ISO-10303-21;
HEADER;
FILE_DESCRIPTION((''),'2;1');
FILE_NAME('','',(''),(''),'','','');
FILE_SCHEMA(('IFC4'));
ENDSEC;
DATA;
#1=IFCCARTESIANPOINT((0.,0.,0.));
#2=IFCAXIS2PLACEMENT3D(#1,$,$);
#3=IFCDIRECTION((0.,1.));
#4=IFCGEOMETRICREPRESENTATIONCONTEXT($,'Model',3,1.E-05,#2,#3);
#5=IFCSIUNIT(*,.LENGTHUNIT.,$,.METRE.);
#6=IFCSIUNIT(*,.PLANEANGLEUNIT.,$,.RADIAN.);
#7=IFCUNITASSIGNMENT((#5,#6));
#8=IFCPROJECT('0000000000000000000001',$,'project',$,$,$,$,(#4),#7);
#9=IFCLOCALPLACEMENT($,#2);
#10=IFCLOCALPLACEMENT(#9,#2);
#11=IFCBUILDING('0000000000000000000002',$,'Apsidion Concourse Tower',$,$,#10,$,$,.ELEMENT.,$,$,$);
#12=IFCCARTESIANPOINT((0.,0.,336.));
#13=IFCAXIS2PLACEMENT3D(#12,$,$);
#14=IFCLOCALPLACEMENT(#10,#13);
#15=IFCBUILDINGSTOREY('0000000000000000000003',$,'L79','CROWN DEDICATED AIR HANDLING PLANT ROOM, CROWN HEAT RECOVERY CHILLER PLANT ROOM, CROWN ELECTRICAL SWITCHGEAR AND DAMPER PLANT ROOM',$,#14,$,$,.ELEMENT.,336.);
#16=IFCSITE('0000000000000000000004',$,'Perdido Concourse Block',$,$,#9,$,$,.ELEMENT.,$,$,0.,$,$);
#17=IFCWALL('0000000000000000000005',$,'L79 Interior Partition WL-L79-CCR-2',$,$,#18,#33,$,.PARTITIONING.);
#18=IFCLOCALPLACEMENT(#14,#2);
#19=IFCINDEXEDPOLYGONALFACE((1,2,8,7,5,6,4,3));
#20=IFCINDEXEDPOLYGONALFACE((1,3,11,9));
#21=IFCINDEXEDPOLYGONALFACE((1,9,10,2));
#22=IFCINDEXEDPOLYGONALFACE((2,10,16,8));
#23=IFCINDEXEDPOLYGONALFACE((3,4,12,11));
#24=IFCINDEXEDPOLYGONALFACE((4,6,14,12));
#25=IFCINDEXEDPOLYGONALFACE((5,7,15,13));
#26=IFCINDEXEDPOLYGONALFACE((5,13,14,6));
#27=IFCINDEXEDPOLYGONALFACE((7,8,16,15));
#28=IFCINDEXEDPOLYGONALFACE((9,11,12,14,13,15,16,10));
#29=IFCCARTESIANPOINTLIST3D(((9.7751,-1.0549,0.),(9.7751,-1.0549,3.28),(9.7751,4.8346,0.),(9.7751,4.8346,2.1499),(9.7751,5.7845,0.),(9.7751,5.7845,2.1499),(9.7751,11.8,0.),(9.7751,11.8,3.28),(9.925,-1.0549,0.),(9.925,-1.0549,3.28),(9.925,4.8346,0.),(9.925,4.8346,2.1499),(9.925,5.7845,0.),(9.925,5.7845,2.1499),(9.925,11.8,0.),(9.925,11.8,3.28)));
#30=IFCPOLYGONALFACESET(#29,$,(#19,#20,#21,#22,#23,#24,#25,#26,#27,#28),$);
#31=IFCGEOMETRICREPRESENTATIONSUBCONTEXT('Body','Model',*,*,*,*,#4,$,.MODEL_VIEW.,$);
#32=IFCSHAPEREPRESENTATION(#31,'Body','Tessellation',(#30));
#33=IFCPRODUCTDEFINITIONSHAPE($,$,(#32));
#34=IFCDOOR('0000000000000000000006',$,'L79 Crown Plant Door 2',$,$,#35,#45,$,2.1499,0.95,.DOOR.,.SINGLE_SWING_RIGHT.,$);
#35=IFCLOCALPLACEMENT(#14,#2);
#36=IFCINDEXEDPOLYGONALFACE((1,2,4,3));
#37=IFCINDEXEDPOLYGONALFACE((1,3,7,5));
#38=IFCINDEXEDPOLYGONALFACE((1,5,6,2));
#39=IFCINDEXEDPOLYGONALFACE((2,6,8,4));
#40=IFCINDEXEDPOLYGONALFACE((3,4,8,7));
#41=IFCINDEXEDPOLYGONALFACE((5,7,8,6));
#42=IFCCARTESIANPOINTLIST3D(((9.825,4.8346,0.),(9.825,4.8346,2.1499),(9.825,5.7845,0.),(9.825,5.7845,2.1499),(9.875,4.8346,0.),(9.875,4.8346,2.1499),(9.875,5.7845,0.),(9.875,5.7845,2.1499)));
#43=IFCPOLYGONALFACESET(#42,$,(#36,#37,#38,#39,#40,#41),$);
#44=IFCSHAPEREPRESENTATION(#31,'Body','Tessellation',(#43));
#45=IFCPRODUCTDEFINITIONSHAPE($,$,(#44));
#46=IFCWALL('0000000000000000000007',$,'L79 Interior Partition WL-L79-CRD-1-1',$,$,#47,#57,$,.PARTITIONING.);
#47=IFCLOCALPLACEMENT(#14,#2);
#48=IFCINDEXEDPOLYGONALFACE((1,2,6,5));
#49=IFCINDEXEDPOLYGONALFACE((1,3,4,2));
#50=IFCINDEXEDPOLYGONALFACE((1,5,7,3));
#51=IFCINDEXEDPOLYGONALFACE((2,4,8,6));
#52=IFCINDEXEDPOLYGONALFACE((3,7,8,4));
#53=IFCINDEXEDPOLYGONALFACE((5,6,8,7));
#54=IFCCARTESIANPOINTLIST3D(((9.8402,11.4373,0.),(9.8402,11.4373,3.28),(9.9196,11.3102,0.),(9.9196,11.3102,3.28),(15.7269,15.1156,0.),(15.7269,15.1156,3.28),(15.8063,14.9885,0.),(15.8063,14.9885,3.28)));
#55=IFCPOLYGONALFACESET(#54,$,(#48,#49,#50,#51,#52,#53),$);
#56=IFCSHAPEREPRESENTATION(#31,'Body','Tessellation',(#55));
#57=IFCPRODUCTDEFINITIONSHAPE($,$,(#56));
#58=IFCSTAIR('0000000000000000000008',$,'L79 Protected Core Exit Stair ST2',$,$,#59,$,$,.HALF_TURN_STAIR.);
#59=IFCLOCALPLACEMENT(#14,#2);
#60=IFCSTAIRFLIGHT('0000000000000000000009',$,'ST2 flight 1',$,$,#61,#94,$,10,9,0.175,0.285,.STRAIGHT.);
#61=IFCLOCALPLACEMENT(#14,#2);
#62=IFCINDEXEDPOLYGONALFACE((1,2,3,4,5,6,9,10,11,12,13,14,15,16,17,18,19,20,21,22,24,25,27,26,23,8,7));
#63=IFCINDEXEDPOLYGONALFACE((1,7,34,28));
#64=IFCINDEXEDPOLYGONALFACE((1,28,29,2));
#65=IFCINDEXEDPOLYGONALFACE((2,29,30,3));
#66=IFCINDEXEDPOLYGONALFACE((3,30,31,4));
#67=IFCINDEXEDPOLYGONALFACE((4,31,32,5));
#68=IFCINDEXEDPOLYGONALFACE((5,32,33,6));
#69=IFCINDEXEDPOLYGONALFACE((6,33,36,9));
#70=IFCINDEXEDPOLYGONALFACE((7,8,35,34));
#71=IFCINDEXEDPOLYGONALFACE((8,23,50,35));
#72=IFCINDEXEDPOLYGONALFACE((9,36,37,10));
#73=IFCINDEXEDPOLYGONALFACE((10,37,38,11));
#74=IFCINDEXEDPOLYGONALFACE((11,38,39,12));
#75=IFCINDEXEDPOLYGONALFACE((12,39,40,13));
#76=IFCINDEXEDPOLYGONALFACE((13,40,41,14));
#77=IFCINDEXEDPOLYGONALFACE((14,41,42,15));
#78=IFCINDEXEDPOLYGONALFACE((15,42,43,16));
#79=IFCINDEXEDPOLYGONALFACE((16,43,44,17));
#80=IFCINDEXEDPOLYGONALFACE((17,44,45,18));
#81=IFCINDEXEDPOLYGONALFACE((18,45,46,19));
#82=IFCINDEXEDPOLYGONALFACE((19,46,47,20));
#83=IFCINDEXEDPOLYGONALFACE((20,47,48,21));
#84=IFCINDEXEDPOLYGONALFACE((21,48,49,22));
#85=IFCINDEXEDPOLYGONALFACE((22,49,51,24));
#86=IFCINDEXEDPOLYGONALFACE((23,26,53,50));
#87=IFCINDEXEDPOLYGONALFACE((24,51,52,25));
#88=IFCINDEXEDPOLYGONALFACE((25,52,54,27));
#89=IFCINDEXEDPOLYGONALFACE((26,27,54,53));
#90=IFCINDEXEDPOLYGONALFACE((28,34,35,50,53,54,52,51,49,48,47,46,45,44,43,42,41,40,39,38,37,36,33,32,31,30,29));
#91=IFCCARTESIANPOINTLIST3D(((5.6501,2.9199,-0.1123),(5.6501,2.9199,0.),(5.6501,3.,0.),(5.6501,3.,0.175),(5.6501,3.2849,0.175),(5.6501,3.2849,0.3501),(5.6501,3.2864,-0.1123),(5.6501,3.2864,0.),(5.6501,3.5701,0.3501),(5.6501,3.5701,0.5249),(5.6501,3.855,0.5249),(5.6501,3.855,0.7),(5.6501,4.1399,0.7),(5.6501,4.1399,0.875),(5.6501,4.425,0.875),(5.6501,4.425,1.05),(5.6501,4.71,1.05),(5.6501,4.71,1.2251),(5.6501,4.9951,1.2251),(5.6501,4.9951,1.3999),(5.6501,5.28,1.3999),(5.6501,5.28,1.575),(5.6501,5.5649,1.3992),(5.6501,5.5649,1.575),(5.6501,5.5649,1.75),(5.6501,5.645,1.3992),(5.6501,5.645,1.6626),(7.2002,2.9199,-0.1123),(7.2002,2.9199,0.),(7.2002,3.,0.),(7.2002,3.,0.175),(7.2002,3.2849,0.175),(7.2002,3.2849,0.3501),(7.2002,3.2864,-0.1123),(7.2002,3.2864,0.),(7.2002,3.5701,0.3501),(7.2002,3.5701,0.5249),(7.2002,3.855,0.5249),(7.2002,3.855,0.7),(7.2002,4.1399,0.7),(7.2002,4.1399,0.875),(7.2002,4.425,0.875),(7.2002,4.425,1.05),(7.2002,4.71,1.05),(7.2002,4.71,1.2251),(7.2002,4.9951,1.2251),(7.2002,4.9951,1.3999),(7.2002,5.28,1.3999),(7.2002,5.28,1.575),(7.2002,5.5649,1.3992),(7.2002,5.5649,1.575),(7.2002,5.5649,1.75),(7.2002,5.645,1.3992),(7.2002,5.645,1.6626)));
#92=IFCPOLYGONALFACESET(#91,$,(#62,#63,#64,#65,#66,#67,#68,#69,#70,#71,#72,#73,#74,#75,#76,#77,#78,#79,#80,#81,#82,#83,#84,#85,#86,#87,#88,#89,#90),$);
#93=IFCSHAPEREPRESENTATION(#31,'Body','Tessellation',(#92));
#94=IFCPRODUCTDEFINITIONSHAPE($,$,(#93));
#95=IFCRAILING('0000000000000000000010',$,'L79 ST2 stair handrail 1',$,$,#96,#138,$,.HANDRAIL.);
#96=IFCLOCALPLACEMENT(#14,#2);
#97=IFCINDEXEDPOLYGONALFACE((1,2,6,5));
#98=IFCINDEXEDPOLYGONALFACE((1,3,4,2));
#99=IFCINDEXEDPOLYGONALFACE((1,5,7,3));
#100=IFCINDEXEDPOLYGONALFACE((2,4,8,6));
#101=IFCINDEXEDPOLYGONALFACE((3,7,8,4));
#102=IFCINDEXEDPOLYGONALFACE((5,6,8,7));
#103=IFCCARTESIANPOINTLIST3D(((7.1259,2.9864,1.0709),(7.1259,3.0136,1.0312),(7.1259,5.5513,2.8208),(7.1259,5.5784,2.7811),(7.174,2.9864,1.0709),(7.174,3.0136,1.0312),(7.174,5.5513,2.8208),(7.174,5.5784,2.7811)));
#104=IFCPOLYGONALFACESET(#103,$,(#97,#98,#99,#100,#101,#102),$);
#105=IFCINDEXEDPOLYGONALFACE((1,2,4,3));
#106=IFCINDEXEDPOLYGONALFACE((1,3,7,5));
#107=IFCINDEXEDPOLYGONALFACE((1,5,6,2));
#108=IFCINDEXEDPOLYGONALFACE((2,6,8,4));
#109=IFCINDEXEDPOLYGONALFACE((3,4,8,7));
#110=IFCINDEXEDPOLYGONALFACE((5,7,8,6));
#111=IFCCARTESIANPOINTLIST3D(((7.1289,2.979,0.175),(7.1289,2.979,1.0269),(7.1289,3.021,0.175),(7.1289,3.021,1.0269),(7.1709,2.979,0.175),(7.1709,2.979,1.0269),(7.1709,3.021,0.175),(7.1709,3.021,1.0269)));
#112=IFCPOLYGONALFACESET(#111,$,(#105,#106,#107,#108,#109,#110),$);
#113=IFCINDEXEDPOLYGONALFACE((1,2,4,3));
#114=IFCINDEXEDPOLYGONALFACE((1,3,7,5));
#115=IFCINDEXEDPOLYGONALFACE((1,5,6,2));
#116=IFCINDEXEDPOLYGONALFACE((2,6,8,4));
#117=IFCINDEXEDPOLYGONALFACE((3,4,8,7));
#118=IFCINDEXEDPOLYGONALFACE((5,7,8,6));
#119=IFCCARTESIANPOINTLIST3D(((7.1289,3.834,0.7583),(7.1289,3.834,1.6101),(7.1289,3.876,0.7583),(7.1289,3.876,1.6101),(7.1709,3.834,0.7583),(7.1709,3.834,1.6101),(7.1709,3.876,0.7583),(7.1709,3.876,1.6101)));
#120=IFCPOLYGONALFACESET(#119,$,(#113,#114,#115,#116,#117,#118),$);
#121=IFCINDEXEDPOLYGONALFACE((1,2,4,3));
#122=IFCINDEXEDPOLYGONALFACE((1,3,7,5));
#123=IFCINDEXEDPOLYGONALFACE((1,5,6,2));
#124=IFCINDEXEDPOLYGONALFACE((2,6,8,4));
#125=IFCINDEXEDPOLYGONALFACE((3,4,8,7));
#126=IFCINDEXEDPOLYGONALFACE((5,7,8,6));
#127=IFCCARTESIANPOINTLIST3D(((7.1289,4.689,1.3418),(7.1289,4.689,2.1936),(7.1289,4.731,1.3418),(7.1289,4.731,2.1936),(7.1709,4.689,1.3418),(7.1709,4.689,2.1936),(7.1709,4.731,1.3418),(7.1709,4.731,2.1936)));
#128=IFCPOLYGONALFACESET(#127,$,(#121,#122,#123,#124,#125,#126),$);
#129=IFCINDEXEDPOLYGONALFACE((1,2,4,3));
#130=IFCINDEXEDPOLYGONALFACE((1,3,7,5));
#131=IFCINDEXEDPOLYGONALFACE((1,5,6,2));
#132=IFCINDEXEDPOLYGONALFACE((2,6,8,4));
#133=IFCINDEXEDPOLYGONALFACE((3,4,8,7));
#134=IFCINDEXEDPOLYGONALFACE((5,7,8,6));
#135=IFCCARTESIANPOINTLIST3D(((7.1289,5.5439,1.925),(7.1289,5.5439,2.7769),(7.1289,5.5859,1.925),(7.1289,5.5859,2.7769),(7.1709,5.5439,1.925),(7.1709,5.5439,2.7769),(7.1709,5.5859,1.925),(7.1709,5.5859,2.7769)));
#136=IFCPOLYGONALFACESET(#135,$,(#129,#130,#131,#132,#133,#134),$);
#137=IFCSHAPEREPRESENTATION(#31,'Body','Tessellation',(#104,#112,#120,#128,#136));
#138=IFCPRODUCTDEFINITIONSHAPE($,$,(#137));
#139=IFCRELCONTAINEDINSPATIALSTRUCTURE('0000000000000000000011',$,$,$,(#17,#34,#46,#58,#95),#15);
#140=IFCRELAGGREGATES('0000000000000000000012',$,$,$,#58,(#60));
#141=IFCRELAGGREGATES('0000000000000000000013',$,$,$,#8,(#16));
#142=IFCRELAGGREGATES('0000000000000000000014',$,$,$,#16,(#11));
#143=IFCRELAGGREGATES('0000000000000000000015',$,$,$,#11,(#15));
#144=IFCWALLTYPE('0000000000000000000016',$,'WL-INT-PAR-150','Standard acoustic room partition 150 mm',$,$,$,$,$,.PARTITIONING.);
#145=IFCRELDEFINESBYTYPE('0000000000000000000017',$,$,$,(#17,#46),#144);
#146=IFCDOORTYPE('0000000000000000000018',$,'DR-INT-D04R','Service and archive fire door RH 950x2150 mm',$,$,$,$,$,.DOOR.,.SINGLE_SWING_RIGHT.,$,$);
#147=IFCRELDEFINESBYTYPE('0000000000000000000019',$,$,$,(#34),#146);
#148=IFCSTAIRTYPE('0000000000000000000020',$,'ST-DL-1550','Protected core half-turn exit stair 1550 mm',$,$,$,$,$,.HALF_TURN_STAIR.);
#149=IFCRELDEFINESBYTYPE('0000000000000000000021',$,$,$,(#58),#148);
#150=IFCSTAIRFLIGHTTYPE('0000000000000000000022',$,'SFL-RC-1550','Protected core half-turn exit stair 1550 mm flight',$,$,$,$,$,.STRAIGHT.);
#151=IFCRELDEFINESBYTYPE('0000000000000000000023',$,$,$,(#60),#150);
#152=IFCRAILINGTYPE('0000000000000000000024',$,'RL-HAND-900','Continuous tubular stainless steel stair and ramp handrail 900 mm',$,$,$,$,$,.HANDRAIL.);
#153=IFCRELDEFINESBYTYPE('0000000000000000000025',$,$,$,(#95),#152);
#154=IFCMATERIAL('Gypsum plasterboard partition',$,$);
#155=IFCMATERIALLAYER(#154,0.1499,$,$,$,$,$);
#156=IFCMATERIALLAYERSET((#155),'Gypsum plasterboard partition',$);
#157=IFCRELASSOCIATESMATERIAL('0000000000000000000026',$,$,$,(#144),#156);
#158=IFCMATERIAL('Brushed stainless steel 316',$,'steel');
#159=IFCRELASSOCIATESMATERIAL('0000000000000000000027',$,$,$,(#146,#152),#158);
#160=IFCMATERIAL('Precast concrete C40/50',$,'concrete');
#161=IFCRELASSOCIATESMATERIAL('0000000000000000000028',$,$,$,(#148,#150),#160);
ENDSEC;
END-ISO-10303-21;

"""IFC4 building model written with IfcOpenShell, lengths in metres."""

from ifc_helpers import new_model, si_unit, direction, frame, frame_2d, origin, origin_2d, place, context, subcontext, project, spatial, polyline, rectangle, outline, extrude, material, layer, layer_set, type_object, element, fill, aggregate, save


model = new_model("IFC4")

# Units and contexts
model_context = context("Model", 3, precision=1e-05, world=origin(), true_north=direction((0.0, 1.0)))
body_context = subcontext(model_context, "Body", "Model", "MODEL_VIEW")
ifc_project = project(units=[si_unit("LENGTHUNIT", "METRE"), si_unit("PLANEANGLEUNIT", "RADIAN")], contexts=[model_context])

# Site, building, storey
site_placement = place(None, origin())
site = spatial("IfcSite", under=ifc_project, at=site_placement, Name="Perdido Concourse Block", CompositionType="ELEMENT", RefElevation=0.0)
building_placement = place(site_placement, origin())
building = spatial("IfcBuilding", under=site, at=building_placement, Name="Apsidion Concourse Tower", CompositionType="ELEMENT")
storey_placement = place(building_placement, frame((0.0, 0.0, 336.0)))
storey = spatial("IfcBuildingStorey", under=building, at=storey_placement, Name="L79", Description="CROWN DEDICATED AIR HANDLING PLANT ROOM, CROWN HEAT RECOVERY CHILLER PLANT ROOM, CROWN ELECTRICAL SWITCHGEAR AND DAMPER PLANT ROOM", CompositionType="ELEMENT", Elevation=336.0)

# Shared definitions
ifc_material_1 = material(Name="Precast concrete C40/50", Category="concrete")

# Wall, opening, door
ifc_material_2 = material(Name="Gypsum plasterboard partition")
ifc_layer_1 = layer(ifc_material_2, 0.1499)
ifc_layer_set_1 = layer_set([ifc_layer_1], Name="Gypsum plasterboard partition")
wall_type_1 = type_object("IfcWallType", Name="WL-INT-PAR-150", Description="Standard acoustic room partition 150 mm", PredefinedType="PARTITIONING", material=ifc_layer_set_1)
wall_1_placement = place(storey_placement, frame((9.8501, 11.8, 0.0), z_axis=(0.0, 0.0, 1.0), x_axis=(0.0, -1.0, 0.0)))
wall_1 = element("IfcWall", 1, at=wall_1_placement, inside=storey, type_object=wall_type_1, Name="L79 Interior Partition WL-L79-CCR-2", PredefinedType="PARTITIONING", context=body_context, shape_type="SweptSolid", body=[
    extrude(rectangle(XDim=12.855, YDim=0.1499, at=frame_2d((6.4275, 0.0))), origin(), (0.0, 0.0, 1.0), 3.28),
])
opening_placement = place(wall_1_placement, frame((6.0154, 0.0, 0.0)))
opening = element("IfcOpeningElement", 2, at=opening_placement, cuts=wall_1, PredefinedType="OPENING", context=body_context, shape_type="SweptSolid", body=[
    extrude(rectangle(XDim=0.95, YDim=2.1499, at=frame_2d((0.4751, 1.075))), frame((0.0, 0.085, 0.0), z_axis=(0.0, -1.0, 0.0), x_axis=(1.0, 0.0, 0.0)), (0.0, 0.0, 1.0), 0.1699),
])
ifc_material_3 = material(Name="Brushed stainless steel 316", Category="steel")
door_type = type_object("IfcDoorType", Name="DR-INT-D04R", Description="Service and archive fire door RH 950x2150 mm", OperationType="SINGLE_SWING_RIGHT", PredefinedType="DOOR", material=ifc_material_3)
door_placement = place(opening_placement, origin())
door = element("IfcDoor", 3, at=door_placement, inside=storey, type_object=door_type, Name="L79 Crown Plant Door 2", OperationType="SINGLE_SWING_RIGHT", OverallHeight=2.1499, OverallWidth=0.95, PredefinedType="DOOR", context=body_context, shape_type="SweptSolid", body=[
    extrude(rectangle(XDim=0.95, YDim=2.1499, at=frame_2d((0.4751, 1.075))), frame((0.0, 0.0249, 0.0), z_axis=(0.0, -1.0, 0.0), x_axis=(1.0, 0.0, 0.0)), (0.0, 0.0, 1.0), 0.05),
])
fill(opening, door)

# Wall
wall_2_placement = place(storey_placement, frame((9.8799, 11.3738, 0.0), z_axis=(0.0, 0.0, 1.0), x_axis=(0.848062, 0.529898, 0.0)))
element("IfcWall", 4, at=wall_2_placement, inside=storey, type_object=wall_type_1, Name="L79 Interior Partition WL-L79-CRD-1-1", PredefinedType="PARTITIONING", context=body_context, shape_type="SweptSolid", body=[
    extrude(rectangle(XDim=6.9414, YDim=0.1499, at=frame_2d((3.4707, 0.0))), origin(), (0.0, 0.0, 1.0), 3.28),
])

# Stair, stair flight
stair_type = type_object("IfcStairType", Name="ST-DL-1550", Description="Protected core half-turn exit stair 1550 mm", PredefinedType="HALF_TURN_STAIR", material=ifc_material_1)
stair_placement = place(storey_placement, origin())
stair = element("IfcStair", 5, at=stair_placement, inside=storey, type_object=stair_type, Name="L79 Protected Core Exit Stair ST2", PredefinedType="HALF_TURN_STAIR")
stair_flight_type = type_object("IfcStairFlightType", Name="SFL-RC-1550", Description="Protected core half-turn exit stair 1550 mm flight", PredefinedType="STRAIGHT", material=ifc_material_1)
stair_flight_placement = place(storey_placement, frame((6.425, 3.0, 0.0), z_axis=(0.0, 0.0, 1.0), x_axis=(0.0, 1.0, 0.0)))
stair_flight = element("IfcStairFlight", 6, at=stair_flight_placement, type_object=stair_flight_type, Name="ST2 flight 1", NumberOfRisers=10, NumberOfTreads=9, PredefinedType="STRAIGHT", RiserHeight=0.175, TreadLength=0.285, context=body_context, shape_type="SweptSolid", body=[
    extrude(outline(polyline([(-0.0801, -0.1123), (-0.0801, 0.0), (0.0, 0.0), (0.0, 0.175), (0.2849, 0.175), (0.2849, 0.3501), (0.5701, 0.3501), (0.5701, 0.5249), (0.855, 0.5249), (0.855, 0.7), (1.1399, 0.7), (1.1399, 0.875), (1.425, 0.875), (1.425, 1.05), (1.71, 1.05), (1.71, 1.2251), (1.9951, 1.2251), (1.9951, 1.3999), (2.28, 1.3999), (2.28, 1.575), (2.5649, 1.575), (2.5649, 1.75), (2.645, 1.6626), (2.645, 1.3992), (2.5649, 1.3992), (0.2864, 0.0), (0.2864, -0.1123), (-0.0801, -0.1123)])), frame((0.0, 0.7749, 0.0), z_axis=(0.0, -1.0, 0.0), x_axis=(1.0, 0.0, 0.0)), (0.0, 0.0, 1.0), 1.55),
])
aggregate(stair, [stair_flight])

# Railing
railing_type = type_object("IfcRailingType", Name="RL-HAND-900", Description="Continuous tubular stainless steel stair and ramp handrail 900 mm", PredefinedType="HANDRAIL", material=ifc_material_3)
railing_placement = place(storey_placement, frame((7.1499, 3.0, 0.175)))
element("IfcRailing", 7, at=railing_placement, inside=storey, type_object=railing_type, Name="L79 ST2 stair handrail 1", PredefinedType="HANDRAIL", context=body_context, shape_type="SweptSolid", body=[
    extrude(rectangle(XDim=0.0481, YDim=0.0481, at=origin_2d()), frame((0.0, 0.0, 0.876), z_axis=(0.0, 0.826051, 0.563595), x_axis=(-1.0, 0.0, 0.0)), (0.0, 0.0, 1.0), 3.105),
    extrude(rectangle(XDim=0.042, YDim=0.042, at=origin_2d()), origin(), (0.0, 0.0, 1.0), 0.8518),
    extrude(rectangle(XDim=0.042, YDim=0.042, at=origin_2d()), frame((0.0, 0.855, 0.5833)), (0.0, 0.0, 1.0), 0.8518),
    extrude(rectangle(XDim=0.042, YDim=0.042, at=origin_2d()), frame((0.0, 1.71, 1.1667)), (0.0, 0.0, 1.0), 0.8518),
    extrude(rectangle(XDim=0.042, YDim=0.042, at=origin_2d()), frame((0.0, 2.5649, 1.75)), (0.0, 0.0, 1.0), 0.8518),
])

save(model, "model.ifc")
